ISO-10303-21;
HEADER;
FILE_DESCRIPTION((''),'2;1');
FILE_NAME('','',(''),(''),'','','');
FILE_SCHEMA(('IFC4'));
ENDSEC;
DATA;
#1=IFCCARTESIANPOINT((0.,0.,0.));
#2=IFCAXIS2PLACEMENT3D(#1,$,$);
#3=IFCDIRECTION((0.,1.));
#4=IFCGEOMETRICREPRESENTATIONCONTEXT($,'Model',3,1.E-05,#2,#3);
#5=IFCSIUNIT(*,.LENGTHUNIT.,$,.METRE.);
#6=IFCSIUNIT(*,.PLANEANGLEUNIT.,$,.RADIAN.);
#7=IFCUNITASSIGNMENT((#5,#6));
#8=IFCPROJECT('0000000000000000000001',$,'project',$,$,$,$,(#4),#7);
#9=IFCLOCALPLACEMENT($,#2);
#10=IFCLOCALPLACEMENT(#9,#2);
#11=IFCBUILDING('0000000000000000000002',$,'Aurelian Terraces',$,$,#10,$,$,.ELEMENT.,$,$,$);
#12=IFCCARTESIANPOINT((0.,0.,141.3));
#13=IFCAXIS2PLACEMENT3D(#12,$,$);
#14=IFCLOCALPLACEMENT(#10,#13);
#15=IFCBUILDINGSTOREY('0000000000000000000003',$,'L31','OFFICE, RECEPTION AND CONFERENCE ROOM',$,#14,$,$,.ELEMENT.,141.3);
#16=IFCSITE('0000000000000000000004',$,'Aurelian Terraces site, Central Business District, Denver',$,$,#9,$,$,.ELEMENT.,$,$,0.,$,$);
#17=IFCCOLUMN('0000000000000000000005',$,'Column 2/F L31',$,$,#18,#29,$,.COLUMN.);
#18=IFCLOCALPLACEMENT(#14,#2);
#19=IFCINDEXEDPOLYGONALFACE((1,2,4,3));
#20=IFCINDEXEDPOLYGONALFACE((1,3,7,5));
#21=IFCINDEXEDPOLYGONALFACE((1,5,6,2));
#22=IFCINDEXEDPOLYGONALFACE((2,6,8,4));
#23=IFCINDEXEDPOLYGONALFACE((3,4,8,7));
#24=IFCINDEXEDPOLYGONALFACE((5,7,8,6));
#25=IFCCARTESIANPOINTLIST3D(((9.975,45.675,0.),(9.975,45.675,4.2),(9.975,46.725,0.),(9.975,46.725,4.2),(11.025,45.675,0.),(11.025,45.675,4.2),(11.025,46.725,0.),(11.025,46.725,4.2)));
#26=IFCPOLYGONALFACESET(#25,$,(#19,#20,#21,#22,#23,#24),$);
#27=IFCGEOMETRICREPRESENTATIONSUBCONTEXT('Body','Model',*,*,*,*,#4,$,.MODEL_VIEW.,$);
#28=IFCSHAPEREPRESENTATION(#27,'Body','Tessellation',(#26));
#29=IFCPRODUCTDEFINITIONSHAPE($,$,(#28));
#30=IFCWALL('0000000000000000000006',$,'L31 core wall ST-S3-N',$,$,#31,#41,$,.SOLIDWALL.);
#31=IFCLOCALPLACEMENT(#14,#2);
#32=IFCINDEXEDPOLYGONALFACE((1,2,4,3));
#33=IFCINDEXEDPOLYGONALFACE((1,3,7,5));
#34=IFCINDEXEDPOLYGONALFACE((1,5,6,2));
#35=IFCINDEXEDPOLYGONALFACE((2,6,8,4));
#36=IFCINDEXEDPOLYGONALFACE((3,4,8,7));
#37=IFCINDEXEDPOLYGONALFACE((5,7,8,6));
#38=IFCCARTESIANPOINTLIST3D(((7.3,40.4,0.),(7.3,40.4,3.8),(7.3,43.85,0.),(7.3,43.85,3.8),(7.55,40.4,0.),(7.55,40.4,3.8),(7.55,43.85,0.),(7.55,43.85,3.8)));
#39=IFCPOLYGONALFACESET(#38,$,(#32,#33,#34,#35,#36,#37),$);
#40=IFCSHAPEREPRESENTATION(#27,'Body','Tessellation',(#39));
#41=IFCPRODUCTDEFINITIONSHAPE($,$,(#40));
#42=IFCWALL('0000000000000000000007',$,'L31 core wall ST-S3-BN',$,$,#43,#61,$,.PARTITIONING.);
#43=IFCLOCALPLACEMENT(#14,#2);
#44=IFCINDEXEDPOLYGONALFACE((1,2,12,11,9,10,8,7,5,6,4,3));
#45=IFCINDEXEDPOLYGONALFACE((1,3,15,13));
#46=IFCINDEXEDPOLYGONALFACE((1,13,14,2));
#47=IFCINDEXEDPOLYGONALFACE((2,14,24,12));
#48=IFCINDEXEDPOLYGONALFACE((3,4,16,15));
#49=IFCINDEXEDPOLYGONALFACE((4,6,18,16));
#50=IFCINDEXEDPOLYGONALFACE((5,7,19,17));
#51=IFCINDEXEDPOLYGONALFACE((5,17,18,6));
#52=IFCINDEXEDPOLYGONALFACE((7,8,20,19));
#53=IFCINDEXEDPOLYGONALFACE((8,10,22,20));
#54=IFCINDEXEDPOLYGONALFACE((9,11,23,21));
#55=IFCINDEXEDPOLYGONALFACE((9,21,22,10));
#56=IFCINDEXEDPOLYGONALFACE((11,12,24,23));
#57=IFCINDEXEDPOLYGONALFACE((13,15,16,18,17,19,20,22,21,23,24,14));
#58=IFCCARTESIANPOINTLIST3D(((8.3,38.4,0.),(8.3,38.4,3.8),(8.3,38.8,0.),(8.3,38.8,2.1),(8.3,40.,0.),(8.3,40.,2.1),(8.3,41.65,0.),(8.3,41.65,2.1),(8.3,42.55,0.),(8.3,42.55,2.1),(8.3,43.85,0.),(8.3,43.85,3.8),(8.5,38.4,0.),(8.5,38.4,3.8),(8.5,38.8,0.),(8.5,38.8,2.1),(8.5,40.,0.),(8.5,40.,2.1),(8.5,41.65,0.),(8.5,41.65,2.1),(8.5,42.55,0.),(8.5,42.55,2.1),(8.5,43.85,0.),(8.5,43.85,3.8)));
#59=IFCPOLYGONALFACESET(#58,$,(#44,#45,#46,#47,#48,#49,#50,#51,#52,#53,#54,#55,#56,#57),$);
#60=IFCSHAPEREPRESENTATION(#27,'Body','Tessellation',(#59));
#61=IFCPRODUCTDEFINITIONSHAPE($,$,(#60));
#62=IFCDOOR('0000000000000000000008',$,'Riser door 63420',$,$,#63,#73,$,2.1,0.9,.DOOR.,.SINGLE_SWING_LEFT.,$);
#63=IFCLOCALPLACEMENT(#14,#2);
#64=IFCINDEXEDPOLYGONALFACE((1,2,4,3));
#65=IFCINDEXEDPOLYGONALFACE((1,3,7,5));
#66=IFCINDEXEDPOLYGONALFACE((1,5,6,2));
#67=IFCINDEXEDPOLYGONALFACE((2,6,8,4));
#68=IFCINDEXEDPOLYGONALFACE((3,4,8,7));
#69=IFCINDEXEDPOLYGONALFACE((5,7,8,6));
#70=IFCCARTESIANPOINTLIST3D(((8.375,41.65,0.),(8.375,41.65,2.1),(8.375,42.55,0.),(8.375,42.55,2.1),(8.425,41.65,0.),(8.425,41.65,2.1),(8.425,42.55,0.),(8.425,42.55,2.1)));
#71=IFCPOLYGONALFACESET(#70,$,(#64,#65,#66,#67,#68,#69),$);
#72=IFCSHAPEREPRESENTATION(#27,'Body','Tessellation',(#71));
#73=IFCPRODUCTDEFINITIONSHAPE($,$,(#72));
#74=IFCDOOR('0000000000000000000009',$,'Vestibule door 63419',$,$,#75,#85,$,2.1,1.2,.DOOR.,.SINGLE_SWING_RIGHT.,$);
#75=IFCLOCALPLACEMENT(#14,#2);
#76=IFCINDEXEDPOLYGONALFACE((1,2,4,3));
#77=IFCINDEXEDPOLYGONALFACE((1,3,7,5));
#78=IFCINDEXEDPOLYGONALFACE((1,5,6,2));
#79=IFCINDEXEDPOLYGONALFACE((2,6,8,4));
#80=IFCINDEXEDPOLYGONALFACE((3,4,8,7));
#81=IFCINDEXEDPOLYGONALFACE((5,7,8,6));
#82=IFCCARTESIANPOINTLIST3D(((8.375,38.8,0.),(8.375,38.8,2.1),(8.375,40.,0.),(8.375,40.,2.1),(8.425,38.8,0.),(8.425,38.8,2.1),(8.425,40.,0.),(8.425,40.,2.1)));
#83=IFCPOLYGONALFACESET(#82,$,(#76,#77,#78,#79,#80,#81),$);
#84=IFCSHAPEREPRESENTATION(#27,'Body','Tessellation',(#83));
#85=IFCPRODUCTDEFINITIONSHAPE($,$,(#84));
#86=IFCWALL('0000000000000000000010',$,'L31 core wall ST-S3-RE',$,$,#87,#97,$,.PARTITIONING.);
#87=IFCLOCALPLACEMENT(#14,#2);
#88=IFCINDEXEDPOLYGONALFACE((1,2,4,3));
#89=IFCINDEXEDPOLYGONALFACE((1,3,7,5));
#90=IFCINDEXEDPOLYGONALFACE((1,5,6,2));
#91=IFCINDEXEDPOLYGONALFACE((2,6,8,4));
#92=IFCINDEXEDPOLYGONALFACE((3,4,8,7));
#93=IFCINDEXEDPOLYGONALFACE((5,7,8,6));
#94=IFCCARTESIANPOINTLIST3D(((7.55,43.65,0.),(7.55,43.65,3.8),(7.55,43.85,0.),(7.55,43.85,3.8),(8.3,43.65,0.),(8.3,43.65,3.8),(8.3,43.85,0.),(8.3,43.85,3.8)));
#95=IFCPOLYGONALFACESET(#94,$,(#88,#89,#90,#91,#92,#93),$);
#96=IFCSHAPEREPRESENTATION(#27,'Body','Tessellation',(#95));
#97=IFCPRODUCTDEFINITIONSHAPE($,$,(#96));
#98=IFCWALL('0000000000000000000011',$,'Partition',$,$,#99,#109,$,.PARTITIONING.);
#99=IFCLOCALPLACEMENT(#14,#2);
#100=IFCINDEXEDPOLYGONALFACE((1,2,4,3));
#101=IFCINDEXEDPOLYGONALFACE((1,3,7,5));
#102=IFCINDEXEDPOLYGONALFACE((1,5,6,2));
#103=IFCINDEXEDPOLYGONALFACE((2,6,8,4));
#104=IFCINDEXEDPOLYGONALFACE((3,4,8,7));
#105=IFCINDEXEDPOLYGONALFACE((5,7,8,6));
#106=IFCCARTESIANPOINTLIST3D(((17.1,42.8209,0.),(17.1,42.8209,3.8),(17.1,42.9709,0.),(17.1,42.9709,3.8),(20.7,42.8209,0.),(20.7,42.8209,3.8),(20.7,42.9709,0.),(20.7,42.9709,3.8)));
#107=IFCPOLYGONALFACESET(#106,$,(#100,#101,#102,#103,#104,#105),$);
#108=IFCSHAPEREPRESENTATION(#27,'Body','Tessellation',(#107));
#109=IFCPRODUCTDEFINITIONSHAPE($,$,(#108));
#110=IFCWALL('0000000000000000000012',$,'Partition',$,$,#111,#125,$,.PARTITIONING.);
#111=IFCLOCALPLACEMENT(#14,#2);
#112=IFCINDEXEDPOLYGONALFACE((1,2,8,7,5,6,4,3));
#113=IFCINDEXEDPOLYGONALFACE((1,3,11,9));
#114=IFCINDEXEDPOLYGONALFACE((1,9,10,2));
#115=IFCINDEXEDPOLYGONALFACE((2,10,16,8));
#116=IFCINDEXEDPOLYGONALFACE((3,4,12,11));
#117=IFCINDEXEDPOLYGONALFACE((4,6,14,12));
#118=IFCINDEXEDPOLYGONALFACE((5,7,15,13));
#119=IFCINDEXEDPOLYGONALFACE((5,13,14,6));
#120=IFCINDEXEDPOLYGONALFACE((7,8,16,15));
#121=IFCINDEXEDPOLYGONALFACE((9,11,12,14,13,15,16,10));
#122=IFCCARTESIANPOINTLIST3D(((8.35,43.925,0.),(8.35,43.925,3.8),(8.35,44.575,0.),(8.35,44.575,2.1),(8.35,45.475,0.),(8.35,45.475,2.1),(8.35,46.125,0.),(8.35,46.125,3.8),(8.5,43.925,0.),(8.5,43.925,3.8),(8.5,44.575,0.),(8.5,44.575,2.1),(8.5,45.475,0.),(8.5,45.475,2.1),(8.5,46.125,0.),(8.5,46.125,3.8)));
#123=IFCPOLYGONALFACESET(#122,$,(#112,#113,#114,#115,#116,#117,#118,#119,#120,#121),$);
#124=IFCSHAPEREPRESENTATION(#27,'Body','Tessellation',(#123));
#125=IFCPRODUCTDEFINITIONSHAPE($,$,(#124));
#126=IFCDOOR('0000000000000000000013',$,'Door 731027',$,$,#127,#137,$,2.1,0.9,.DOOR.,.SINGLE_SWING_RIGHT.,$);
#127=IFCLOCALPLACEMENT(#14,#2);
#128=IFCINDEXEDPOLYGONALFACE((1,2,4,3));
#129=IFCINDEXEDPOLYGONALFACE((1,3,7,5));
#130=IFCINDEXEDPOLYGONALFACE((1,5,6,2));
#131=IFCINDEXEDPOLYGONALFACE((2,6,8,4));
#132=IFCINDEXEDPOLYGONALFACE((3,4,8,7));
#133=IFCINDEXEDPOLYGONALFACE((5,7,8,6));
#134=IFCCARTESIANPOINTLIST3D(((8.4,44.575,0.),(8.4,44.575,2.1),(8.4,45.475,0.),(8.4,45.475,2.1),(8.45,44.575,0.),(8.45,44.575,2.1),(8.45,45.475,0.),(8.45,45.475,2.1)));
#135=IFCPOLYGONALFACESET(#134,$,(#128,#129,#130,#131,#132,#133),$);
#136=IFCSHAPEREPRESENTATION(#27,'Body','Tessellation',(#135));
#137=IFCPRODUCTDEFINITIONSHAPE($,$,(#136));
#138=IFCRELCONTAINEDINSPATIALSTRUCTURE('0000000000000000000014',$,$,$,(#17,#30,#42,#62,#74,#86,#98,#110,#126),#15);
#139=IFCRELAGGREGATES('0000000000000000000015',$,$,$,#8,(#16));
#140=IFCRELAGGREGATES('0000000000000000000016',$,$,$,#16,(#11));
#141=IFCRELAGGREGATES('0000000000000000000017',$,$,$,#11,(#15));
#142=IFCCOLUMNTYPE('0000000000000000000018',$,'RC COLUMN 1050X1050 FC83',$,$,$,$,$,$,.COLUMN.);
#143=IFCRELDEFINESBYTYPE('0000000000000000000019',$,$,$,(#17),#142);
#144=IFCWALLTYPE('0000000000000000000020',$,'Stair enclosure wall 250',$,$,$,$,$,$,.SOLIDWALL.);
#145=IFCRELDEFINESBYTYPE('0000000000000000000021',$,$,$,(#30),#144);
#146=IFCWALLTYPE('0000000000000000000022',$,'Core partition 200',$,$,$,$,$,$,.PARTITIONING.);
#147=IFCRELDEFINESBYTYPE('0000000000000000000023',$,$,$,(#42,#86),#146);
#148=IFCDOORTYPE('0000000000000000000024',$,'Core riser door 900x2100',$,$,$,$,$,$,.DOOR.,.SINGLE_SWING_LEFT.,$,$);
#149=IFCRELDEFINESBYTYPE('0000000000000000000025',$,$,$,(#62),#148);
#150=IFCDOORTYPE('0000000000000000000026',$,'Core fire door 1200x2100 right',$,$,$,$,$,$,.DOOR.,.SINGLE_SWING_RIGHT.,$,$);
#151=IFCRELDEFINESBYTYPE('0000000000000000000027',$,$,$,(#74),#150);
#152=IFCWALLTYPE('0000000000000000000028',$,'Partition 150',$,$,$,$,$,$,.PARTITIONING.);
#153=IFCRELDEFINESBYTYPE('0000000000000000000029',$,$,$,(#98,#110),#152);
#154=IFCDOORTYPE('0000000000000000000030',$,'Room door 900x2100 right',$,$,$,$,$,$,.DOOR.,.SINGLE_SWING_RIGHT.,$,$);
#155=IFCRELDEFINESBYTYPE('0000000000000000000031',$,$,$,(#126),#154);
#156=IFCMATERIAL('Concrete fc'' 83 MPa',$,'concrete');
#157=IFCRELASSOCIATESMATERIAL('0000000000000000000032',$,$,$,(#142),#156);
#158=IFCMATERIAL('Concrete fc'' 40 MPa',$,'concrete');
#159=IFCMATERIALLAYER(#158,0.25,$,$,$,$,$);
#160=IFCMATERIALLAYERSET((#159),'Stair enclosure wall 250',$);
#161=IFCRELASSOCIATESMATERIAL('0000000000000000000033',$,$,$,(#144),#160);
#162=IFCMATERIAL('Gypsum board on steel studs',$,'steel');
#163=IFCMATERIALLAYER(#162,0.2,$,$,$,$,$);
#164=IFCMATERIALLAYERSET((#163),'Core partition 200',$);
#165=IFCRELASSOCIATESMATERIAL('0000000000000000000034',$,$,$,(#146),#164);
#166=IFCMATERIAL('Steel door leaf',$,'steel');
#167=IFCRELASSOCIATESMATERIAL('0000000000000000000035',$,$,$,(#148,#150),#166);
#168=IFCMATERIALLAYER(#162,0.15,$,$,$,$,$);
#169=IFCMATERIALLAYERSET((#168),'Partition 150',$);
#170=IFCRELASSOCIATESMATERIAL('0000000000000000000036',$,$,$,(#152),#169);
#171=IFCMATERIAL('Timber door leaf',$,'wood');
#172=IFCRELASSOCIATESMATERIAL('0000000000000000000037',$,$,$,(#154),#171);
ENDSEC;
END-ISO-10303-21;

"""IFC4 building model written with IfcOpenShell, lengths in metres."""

from ifc_helpers import new_model, si_unit, direction, frame, frame_2d, origin, origin_2d, place, context, subcontext, project, spatial, rectangle, extrude, source, transform, mapped, material, layer, layer_set, material_profile, profile_set, type_object, element, fill, save


model = new_model("IFC4")

# Units and contexts
model_context = context("Model", 3, precision=1e-05, world=origin(), true_north=direction((0.0, 1.0)))
body_context = subcontext(model_context, "Body", "Model", "MODEL_VIEW")
ifc_project = project(units=[si_unit("LENGTHUNIT", "METRE"), si_unit("PLANEANGLEUNIT", "RADIAN")], contexts=[model_context])

# Site, building, storey
site_placement = place(None, origin())
site = spatial("IfcSite", under=ifc_project, at=site_placement, Name="Aurelian Terraces site, Central Business District, Denver", CompositionType="ELEMENT", RefElevation=0.0)
building_placement = place(site_placement, origin())
building = spatial("IfcBuilding", under=site, at=building_placement, Name="Aurelian Terraces", CompositionType="ELEMENT")
storey_placement = place(building_placement, frame((0.0, 0.0, 141.3)))
storey = spatial("IfcBuildingStorey", under=building, at=storey_placement, Name="L31", Description="OFFICE, RECEPTION AND CONFERENCE ROOM", CompositionType="ELEMENT", Elevation=141.3)

# Column
ifc_material_1 = material(Name="Concrete fc' 83 MPa", Category="concrete")
ifc_material_profile = material_profile(ifc_material_1, rectangle(XDim=1.05, YDim=1.05, at=origin_2d()))
ifc_profile_set = profile_set([ifc_material_profile], Name="Concrete fc' 83 MPa")
column_type = type_object("IfcColumnType", Name="RC COLUMN 1050X1050 FC83", PredefinedType="COLUMN", material=ifc_profile_set)
shared_shape_1 = source(origin(), body_context, "Body", "SweptSolid", [
    extrude(rectangle(XDim=1.05, YDim=1.05, at=origin_2d()), origin(), (0.0, 0.0, 1.0), 4.2),
])
column_placement = place(storey_placement, frame((10.5, 46.2, 0.0), z_axis=(0.0, 0.0, 1.0), x_axis=(1.0, 0.0, 0.0)))
element("IfcColumn", 1, at=column_placement, inside=storey, type_object=column_type, Name="Column 2/F L31", PredefinedType="COLUMN", context=body_context, shape_type="MappedRepresentation", body=[
    mapped(shared_shape_1, transform((0.0, 0.0, 0.0), scale=1.0)),
])

# Wall
ifc_material_2 = material(Name="Concrete fc' 40 MPa", Category="concrete")
ifc_layer_1 = layer(ifc_material_2, 0.25)
ifc_layer_set_1 = layer_set([ifc_layer_1], Name="Stair enclosure wall 250")
wall_type_1 = type_object("IfcWallType", Name="Stair enclosure wall 250", PredefinedType="SOLIDWALL", material=ifc_layer_set_1)
shared_shape_2 = source(origin(), body_context, "Body", "SweptSolid", [
    extrude(rectangle(XDim=3.45, YDim=0.25, at=frame_2d((1.725, 0.0))), origin(), (0.0, 0.0, 1.0), 3.8),
])
wall_1_placement = place(storey_placement, frame((7.425, 40.4, 0.0), z_axis=(0.0, 0.0, 1.0), x_axis=(0.0, 1.0, 0.0)))
element("IfcWall", 2, at=wall_1_placement, inside=storey, type_object=wall_type_1, Name="L31 core wall ST-S3-N", PredefinedType="SOLIDWALL", context=body_context, shape_type="MappedRepresentation", body=[
    mapped(shared_shape_2, transform((0.0, 0.0, 0.0), scale=1.0)),
])

# Wall, openings, doors
ifc_material_3 = material(Name="Gypsum board on steel studs", Category="steel")
ifc_layer_2 = layer(ifc_material_3, 0.2)
ifc_layer_set_2 = layer_set([ifc_layer_2], Name="Core partition 200")
wall_type_2 = type_object("IfcWallType", Name="Core partition 200", PredefinedType="PARTITIONING", material=ifc_layer_set_2)
shared_shape_3 = source(origin(), body_context, "Body", "SweptSolid", [
    extrude(rectangle(XDim=5.45, YDim=0.2, at=frame_2d((2.725, 0.0))), origin(), (0.0, 0.0, 1.0), 3.8),
])
wall_2_placement = place(storey_placement, frame((8.4, 38.4, 0.0), z_axis=(0.0, 0.0, 1.0), x_axis=(0.0, 1.0, 0.0)))
wall_2 = element("IfcWall", 3, at=wall_2_placement, inside=storey, type_object=wall_type_2, Name="L31 core wall ST-S3-BN", PredefinedType="PARTITIONING", context=body_context, shape_type="MappedRepresentation", body=[
    mapped(shared_shape_3, transform((0.0, 0.0, 0.0), scale=1.0)),
])
shared_shape_4 = source(origin(), body_context, "Body", "SweptSolid", [
    extrude(rectangle(XDim=1.2, YDim=2.1, at=frame_2d((0.6, 1.05))), frame((0.0, 0.11, 0.0), z_axis=(0.0, -1.0, 0.0), x_axis=(1.0, 0.0, 0.0)), (0.0, 0.0, 1.0), 0.22),
])
opening_1_placement = place(wall_2_placement, frame((0.4, 0.0, 0.0)))
opening_1 = element("IfcOpeningElement", 4, at=opening_1_placement, cuts=wall_2, PredefinedType="OPENING", context=body_context, shape_type="MappedRepresentation", body=[
    mapped(shared_shape_4, transform((0.0, 0.0, 0.0), scale=1.0)),
])
shared_shape_5 = source(origin(), body_context, "Body", "SweptSolid", [
    extrude(rectangle(XDim=0.9, YDim=2.1, at=frame_2d((0.45, 1.05))), frame((0.0, 0.11, 0.0), z_axis=(0.0, -1.0, 0.0), x_axis=(1.0, 0.0, 0.0)), (0.0, 0.0, 1.0), 0.22),
])
opening_2_placement = place(wall_2_placement, frame((3.25, 0.0, 0.0)))
opening_2 = element("IfcOpeningElement", 5, at=opening_2_placement, cuts=wall_2, PredefinedType="OPENING", context=body_context, shape_type="MappedRepresentation", body=[
    mapped(shared_shape_5, transform((0.0, 0.0, 0.0), scale=1.0)),
])
ifc_material_4 = material(Name="Steel door leaf", Category="steel")
door_type_1 = type_object("IfcDoorType", Name="Core riser door 900x2100", OperationType="SINGLE_SWING_LEFT", PredefinedType="DOOR", material=ifc_material_4)
shared_shape_6 = source(origin(), body_context, "Body", "SweptSolid", [
    extrude(rectangle(XDim=0.9, YDim=2.1, at=frame_2d((0.45, 1.05))), frame((0.0, 0.025, 0.0), z_axis=(0.0, -1.0, 0.0), x_axis=(1.0, 0.0, 0.0)), (0.0, 0.0, 1.0), 0.05),
])
door_1_placement = place(opening_2_placement, origin())
door_1 = element("IfcDoor", 6, at=door_1_placement, inside=storey, type_object=door_type_1, Name="Riser door 63420", OperationType="SINGLE_SWING_LEFT", OverallHeight=2.1, OverallWidth=0.9, PredefinedType="DOOR", context=body_context, shape_type="MappedRepresentation", body=[
    mapped(shared_shape_6, transform((0.0, 0.0, 0.0), scale=1.0)),
])
fill(opening_2, door_1)
door_type_2 = type_object("IfcDoorType", Name="Core fire door 1200x2100 right", OperationType="SINGLE_SWING_RIGHT", PredefinedType="DOOR", material=ifc_material_4)
shared_shape_7 = source(origin(), body_context, "Body", "SweptSolid", [
    extrude(rectangle(XDim=1.2, YDim=2.1, at=frame_2d((0.6, 1.05))), frame((0.0, 0.025, 0.0), z_axis=(0.0, -1.0, 0.0), x_axis=(1.0, 0.0, 0.0)), (0.0, 0.0, 1.0), 0.05),
])
door_2_placement = place(opening_1_placement, origin())
door_2 = element("IfcDoor", 7, at=door_2_placement, inside=storey, type_object=door_type_2, Name="Vestibule door 63419", OperationType="SINGLE_SWING_RIGHT", OverallHeight=2.1, OverallWidth=1.2, PredefinedType="DOOR", context=body_context, shape_type="MappedRepresentation", body=[
    mapped(shared_shape_7, transform((0.0, 0.0, 0.0), scale=1.0)),
])
fill(opening_1, door_2)

# Walls
shared_shape_8 = source(origin(), body_context, "Body", "SweptSolid", [
    extrude(rectangle(XDim=0.75, YDim=0.2, at=frame_2d((0.375, 0.0))), origin(), (0.0, 0.0, 1.0), 3.8),
])
wall_3_placement = place(storey_placement, frame((7.55, 43.75, 0.0), z_axis=(0.0, 0.0, 1.0), x_axis=(1.0, 0.0, 0.0)))
element("IfcWall", 8, at=wall_3_placement, inside=storey, type_object=wall_type_2, Name="L31 core wall ST-S3-RE", PredefinedType="PARTITIONING", context=body_context, shape_type="MappedRepresentation", body=[
    mapped(shared_shape_8, transform((0.0, 0.0, 0.0), scale=1.0)),
])
ifc_layer_3 = layer(ifc_material_3, 0.15)
ifc_layer_set_3 = layer_set([ifc_layer_3], Name="Partition 150")
wall_type_3 = type_object("IfcWallType", Name="Partition 150", PredefinedType="PARTITIONING", material=ifc_layer_set_3)
shared_shape_9 = source(origin(), body_context, "Body", "SweptSolid", [
    extrude(rectangle(XDim=3.6, YDim=0.15, at=frame_2d((1.8, 0.0))), origin(), (0.0, 0.0, 1.0), 3.8),
])
wall_4_placement = place(storey_placement, frame((17.1, 42.8959, 0.0), z_axis=(0.0, 0.0, 1.0), x_axis=(1.0, 0.0, 0.0)))
element("IfcWall", 9, at=wall_4_placement, inside=storey, type_object=wall_type_3, Name="Partition", PredefinedType="PARTITIONING", context=body_context, shape_type="MappedRepresentation", body=[
    mapped(shared_shape_9, transform((0.0, 0.0, 0.0), scale=1.0)),
])

# Wall, opening, door
shared_shape_10 = source(origin(), body_context, "Body", "SweptSolid", [
    extrude(rectangle(XDim=2.2, YDim=0.15, at=frame_2d((1.1, 0.0))), origin(), (0.0, 0.0, 1.0), 3.8),
])
wall_5_placement = place(storey_placement, frame((8.425, 43.925, 0.0), z_axis=(0.0, 0.0, 1.0), x_axis=(0.0, 1.0, 0.0)))
wall_5 = element("IfcWall", 10, at=wall_5_placement, inside=storey, type_object=wall_type_3, Name="Partition", PredefinedType="PARTITIONING", context=body_context, shape_type="MappedRepresentation", body=[
    mapped(shared_shape_10, transform((0.0, 0.0, 0.0), scale=1.0)),
])
shared_shape_11 = source(origin(), body_context, "Body", "SweptSolid", [
    extrude(rectangle(XDim=0.9, YDim=2.1, at=frame_2d((0.45, 1.05))), frame((0.0, 0.085, 0.0), z_axis=(0.0, -1.0, 0.0), x_axis=(1.0, 0.0, 0.0)), (0.0, 0.0, 1.0), 0.17),
])
opening_3_placement = place(wall_5_placement, frame((0.65, 0.0, 0.0)))
opening_3 = element("IfcOpeningElement", 11, at=opening_3_placement, cuts=wall_5, PredefinedType="OPENING", context=body_context, shape_type="MappedRepresentation", body=[
    mapped(shared_shape_11, transform((0.0, 0.0, 0.0), scale=1.0)),
])
ifc_material_5 = material(Name="Timber door leaf", Category="wood")
door_type_3 = type_object("IfcDoorType", Name="Room door 900x2100 right", OperationType="SINGLE_SWING_RIGHT", PredefinedType="DOOR", material=ifc_material_5)
door_3_placement = place(opening_3_placement, origin())
door_3 = element("IfcDoor", 12, at=door_3_placement, inside=storey, type_object=door_type_3, Name="Door 731027", OperationType="SINGLE_SWING_RIGHT", OverallHeight=2.1, OverallWidth=0.9, PredefinedType="DOOR", context=body_context, shape_type="MappedRepresentation", body=[
    mapped(shared_shape_6, transform((0.0, 0.0, 0.0), scale=1.0)),
])
fill(opening_3, door_3)

save(model, "model.ifc")
